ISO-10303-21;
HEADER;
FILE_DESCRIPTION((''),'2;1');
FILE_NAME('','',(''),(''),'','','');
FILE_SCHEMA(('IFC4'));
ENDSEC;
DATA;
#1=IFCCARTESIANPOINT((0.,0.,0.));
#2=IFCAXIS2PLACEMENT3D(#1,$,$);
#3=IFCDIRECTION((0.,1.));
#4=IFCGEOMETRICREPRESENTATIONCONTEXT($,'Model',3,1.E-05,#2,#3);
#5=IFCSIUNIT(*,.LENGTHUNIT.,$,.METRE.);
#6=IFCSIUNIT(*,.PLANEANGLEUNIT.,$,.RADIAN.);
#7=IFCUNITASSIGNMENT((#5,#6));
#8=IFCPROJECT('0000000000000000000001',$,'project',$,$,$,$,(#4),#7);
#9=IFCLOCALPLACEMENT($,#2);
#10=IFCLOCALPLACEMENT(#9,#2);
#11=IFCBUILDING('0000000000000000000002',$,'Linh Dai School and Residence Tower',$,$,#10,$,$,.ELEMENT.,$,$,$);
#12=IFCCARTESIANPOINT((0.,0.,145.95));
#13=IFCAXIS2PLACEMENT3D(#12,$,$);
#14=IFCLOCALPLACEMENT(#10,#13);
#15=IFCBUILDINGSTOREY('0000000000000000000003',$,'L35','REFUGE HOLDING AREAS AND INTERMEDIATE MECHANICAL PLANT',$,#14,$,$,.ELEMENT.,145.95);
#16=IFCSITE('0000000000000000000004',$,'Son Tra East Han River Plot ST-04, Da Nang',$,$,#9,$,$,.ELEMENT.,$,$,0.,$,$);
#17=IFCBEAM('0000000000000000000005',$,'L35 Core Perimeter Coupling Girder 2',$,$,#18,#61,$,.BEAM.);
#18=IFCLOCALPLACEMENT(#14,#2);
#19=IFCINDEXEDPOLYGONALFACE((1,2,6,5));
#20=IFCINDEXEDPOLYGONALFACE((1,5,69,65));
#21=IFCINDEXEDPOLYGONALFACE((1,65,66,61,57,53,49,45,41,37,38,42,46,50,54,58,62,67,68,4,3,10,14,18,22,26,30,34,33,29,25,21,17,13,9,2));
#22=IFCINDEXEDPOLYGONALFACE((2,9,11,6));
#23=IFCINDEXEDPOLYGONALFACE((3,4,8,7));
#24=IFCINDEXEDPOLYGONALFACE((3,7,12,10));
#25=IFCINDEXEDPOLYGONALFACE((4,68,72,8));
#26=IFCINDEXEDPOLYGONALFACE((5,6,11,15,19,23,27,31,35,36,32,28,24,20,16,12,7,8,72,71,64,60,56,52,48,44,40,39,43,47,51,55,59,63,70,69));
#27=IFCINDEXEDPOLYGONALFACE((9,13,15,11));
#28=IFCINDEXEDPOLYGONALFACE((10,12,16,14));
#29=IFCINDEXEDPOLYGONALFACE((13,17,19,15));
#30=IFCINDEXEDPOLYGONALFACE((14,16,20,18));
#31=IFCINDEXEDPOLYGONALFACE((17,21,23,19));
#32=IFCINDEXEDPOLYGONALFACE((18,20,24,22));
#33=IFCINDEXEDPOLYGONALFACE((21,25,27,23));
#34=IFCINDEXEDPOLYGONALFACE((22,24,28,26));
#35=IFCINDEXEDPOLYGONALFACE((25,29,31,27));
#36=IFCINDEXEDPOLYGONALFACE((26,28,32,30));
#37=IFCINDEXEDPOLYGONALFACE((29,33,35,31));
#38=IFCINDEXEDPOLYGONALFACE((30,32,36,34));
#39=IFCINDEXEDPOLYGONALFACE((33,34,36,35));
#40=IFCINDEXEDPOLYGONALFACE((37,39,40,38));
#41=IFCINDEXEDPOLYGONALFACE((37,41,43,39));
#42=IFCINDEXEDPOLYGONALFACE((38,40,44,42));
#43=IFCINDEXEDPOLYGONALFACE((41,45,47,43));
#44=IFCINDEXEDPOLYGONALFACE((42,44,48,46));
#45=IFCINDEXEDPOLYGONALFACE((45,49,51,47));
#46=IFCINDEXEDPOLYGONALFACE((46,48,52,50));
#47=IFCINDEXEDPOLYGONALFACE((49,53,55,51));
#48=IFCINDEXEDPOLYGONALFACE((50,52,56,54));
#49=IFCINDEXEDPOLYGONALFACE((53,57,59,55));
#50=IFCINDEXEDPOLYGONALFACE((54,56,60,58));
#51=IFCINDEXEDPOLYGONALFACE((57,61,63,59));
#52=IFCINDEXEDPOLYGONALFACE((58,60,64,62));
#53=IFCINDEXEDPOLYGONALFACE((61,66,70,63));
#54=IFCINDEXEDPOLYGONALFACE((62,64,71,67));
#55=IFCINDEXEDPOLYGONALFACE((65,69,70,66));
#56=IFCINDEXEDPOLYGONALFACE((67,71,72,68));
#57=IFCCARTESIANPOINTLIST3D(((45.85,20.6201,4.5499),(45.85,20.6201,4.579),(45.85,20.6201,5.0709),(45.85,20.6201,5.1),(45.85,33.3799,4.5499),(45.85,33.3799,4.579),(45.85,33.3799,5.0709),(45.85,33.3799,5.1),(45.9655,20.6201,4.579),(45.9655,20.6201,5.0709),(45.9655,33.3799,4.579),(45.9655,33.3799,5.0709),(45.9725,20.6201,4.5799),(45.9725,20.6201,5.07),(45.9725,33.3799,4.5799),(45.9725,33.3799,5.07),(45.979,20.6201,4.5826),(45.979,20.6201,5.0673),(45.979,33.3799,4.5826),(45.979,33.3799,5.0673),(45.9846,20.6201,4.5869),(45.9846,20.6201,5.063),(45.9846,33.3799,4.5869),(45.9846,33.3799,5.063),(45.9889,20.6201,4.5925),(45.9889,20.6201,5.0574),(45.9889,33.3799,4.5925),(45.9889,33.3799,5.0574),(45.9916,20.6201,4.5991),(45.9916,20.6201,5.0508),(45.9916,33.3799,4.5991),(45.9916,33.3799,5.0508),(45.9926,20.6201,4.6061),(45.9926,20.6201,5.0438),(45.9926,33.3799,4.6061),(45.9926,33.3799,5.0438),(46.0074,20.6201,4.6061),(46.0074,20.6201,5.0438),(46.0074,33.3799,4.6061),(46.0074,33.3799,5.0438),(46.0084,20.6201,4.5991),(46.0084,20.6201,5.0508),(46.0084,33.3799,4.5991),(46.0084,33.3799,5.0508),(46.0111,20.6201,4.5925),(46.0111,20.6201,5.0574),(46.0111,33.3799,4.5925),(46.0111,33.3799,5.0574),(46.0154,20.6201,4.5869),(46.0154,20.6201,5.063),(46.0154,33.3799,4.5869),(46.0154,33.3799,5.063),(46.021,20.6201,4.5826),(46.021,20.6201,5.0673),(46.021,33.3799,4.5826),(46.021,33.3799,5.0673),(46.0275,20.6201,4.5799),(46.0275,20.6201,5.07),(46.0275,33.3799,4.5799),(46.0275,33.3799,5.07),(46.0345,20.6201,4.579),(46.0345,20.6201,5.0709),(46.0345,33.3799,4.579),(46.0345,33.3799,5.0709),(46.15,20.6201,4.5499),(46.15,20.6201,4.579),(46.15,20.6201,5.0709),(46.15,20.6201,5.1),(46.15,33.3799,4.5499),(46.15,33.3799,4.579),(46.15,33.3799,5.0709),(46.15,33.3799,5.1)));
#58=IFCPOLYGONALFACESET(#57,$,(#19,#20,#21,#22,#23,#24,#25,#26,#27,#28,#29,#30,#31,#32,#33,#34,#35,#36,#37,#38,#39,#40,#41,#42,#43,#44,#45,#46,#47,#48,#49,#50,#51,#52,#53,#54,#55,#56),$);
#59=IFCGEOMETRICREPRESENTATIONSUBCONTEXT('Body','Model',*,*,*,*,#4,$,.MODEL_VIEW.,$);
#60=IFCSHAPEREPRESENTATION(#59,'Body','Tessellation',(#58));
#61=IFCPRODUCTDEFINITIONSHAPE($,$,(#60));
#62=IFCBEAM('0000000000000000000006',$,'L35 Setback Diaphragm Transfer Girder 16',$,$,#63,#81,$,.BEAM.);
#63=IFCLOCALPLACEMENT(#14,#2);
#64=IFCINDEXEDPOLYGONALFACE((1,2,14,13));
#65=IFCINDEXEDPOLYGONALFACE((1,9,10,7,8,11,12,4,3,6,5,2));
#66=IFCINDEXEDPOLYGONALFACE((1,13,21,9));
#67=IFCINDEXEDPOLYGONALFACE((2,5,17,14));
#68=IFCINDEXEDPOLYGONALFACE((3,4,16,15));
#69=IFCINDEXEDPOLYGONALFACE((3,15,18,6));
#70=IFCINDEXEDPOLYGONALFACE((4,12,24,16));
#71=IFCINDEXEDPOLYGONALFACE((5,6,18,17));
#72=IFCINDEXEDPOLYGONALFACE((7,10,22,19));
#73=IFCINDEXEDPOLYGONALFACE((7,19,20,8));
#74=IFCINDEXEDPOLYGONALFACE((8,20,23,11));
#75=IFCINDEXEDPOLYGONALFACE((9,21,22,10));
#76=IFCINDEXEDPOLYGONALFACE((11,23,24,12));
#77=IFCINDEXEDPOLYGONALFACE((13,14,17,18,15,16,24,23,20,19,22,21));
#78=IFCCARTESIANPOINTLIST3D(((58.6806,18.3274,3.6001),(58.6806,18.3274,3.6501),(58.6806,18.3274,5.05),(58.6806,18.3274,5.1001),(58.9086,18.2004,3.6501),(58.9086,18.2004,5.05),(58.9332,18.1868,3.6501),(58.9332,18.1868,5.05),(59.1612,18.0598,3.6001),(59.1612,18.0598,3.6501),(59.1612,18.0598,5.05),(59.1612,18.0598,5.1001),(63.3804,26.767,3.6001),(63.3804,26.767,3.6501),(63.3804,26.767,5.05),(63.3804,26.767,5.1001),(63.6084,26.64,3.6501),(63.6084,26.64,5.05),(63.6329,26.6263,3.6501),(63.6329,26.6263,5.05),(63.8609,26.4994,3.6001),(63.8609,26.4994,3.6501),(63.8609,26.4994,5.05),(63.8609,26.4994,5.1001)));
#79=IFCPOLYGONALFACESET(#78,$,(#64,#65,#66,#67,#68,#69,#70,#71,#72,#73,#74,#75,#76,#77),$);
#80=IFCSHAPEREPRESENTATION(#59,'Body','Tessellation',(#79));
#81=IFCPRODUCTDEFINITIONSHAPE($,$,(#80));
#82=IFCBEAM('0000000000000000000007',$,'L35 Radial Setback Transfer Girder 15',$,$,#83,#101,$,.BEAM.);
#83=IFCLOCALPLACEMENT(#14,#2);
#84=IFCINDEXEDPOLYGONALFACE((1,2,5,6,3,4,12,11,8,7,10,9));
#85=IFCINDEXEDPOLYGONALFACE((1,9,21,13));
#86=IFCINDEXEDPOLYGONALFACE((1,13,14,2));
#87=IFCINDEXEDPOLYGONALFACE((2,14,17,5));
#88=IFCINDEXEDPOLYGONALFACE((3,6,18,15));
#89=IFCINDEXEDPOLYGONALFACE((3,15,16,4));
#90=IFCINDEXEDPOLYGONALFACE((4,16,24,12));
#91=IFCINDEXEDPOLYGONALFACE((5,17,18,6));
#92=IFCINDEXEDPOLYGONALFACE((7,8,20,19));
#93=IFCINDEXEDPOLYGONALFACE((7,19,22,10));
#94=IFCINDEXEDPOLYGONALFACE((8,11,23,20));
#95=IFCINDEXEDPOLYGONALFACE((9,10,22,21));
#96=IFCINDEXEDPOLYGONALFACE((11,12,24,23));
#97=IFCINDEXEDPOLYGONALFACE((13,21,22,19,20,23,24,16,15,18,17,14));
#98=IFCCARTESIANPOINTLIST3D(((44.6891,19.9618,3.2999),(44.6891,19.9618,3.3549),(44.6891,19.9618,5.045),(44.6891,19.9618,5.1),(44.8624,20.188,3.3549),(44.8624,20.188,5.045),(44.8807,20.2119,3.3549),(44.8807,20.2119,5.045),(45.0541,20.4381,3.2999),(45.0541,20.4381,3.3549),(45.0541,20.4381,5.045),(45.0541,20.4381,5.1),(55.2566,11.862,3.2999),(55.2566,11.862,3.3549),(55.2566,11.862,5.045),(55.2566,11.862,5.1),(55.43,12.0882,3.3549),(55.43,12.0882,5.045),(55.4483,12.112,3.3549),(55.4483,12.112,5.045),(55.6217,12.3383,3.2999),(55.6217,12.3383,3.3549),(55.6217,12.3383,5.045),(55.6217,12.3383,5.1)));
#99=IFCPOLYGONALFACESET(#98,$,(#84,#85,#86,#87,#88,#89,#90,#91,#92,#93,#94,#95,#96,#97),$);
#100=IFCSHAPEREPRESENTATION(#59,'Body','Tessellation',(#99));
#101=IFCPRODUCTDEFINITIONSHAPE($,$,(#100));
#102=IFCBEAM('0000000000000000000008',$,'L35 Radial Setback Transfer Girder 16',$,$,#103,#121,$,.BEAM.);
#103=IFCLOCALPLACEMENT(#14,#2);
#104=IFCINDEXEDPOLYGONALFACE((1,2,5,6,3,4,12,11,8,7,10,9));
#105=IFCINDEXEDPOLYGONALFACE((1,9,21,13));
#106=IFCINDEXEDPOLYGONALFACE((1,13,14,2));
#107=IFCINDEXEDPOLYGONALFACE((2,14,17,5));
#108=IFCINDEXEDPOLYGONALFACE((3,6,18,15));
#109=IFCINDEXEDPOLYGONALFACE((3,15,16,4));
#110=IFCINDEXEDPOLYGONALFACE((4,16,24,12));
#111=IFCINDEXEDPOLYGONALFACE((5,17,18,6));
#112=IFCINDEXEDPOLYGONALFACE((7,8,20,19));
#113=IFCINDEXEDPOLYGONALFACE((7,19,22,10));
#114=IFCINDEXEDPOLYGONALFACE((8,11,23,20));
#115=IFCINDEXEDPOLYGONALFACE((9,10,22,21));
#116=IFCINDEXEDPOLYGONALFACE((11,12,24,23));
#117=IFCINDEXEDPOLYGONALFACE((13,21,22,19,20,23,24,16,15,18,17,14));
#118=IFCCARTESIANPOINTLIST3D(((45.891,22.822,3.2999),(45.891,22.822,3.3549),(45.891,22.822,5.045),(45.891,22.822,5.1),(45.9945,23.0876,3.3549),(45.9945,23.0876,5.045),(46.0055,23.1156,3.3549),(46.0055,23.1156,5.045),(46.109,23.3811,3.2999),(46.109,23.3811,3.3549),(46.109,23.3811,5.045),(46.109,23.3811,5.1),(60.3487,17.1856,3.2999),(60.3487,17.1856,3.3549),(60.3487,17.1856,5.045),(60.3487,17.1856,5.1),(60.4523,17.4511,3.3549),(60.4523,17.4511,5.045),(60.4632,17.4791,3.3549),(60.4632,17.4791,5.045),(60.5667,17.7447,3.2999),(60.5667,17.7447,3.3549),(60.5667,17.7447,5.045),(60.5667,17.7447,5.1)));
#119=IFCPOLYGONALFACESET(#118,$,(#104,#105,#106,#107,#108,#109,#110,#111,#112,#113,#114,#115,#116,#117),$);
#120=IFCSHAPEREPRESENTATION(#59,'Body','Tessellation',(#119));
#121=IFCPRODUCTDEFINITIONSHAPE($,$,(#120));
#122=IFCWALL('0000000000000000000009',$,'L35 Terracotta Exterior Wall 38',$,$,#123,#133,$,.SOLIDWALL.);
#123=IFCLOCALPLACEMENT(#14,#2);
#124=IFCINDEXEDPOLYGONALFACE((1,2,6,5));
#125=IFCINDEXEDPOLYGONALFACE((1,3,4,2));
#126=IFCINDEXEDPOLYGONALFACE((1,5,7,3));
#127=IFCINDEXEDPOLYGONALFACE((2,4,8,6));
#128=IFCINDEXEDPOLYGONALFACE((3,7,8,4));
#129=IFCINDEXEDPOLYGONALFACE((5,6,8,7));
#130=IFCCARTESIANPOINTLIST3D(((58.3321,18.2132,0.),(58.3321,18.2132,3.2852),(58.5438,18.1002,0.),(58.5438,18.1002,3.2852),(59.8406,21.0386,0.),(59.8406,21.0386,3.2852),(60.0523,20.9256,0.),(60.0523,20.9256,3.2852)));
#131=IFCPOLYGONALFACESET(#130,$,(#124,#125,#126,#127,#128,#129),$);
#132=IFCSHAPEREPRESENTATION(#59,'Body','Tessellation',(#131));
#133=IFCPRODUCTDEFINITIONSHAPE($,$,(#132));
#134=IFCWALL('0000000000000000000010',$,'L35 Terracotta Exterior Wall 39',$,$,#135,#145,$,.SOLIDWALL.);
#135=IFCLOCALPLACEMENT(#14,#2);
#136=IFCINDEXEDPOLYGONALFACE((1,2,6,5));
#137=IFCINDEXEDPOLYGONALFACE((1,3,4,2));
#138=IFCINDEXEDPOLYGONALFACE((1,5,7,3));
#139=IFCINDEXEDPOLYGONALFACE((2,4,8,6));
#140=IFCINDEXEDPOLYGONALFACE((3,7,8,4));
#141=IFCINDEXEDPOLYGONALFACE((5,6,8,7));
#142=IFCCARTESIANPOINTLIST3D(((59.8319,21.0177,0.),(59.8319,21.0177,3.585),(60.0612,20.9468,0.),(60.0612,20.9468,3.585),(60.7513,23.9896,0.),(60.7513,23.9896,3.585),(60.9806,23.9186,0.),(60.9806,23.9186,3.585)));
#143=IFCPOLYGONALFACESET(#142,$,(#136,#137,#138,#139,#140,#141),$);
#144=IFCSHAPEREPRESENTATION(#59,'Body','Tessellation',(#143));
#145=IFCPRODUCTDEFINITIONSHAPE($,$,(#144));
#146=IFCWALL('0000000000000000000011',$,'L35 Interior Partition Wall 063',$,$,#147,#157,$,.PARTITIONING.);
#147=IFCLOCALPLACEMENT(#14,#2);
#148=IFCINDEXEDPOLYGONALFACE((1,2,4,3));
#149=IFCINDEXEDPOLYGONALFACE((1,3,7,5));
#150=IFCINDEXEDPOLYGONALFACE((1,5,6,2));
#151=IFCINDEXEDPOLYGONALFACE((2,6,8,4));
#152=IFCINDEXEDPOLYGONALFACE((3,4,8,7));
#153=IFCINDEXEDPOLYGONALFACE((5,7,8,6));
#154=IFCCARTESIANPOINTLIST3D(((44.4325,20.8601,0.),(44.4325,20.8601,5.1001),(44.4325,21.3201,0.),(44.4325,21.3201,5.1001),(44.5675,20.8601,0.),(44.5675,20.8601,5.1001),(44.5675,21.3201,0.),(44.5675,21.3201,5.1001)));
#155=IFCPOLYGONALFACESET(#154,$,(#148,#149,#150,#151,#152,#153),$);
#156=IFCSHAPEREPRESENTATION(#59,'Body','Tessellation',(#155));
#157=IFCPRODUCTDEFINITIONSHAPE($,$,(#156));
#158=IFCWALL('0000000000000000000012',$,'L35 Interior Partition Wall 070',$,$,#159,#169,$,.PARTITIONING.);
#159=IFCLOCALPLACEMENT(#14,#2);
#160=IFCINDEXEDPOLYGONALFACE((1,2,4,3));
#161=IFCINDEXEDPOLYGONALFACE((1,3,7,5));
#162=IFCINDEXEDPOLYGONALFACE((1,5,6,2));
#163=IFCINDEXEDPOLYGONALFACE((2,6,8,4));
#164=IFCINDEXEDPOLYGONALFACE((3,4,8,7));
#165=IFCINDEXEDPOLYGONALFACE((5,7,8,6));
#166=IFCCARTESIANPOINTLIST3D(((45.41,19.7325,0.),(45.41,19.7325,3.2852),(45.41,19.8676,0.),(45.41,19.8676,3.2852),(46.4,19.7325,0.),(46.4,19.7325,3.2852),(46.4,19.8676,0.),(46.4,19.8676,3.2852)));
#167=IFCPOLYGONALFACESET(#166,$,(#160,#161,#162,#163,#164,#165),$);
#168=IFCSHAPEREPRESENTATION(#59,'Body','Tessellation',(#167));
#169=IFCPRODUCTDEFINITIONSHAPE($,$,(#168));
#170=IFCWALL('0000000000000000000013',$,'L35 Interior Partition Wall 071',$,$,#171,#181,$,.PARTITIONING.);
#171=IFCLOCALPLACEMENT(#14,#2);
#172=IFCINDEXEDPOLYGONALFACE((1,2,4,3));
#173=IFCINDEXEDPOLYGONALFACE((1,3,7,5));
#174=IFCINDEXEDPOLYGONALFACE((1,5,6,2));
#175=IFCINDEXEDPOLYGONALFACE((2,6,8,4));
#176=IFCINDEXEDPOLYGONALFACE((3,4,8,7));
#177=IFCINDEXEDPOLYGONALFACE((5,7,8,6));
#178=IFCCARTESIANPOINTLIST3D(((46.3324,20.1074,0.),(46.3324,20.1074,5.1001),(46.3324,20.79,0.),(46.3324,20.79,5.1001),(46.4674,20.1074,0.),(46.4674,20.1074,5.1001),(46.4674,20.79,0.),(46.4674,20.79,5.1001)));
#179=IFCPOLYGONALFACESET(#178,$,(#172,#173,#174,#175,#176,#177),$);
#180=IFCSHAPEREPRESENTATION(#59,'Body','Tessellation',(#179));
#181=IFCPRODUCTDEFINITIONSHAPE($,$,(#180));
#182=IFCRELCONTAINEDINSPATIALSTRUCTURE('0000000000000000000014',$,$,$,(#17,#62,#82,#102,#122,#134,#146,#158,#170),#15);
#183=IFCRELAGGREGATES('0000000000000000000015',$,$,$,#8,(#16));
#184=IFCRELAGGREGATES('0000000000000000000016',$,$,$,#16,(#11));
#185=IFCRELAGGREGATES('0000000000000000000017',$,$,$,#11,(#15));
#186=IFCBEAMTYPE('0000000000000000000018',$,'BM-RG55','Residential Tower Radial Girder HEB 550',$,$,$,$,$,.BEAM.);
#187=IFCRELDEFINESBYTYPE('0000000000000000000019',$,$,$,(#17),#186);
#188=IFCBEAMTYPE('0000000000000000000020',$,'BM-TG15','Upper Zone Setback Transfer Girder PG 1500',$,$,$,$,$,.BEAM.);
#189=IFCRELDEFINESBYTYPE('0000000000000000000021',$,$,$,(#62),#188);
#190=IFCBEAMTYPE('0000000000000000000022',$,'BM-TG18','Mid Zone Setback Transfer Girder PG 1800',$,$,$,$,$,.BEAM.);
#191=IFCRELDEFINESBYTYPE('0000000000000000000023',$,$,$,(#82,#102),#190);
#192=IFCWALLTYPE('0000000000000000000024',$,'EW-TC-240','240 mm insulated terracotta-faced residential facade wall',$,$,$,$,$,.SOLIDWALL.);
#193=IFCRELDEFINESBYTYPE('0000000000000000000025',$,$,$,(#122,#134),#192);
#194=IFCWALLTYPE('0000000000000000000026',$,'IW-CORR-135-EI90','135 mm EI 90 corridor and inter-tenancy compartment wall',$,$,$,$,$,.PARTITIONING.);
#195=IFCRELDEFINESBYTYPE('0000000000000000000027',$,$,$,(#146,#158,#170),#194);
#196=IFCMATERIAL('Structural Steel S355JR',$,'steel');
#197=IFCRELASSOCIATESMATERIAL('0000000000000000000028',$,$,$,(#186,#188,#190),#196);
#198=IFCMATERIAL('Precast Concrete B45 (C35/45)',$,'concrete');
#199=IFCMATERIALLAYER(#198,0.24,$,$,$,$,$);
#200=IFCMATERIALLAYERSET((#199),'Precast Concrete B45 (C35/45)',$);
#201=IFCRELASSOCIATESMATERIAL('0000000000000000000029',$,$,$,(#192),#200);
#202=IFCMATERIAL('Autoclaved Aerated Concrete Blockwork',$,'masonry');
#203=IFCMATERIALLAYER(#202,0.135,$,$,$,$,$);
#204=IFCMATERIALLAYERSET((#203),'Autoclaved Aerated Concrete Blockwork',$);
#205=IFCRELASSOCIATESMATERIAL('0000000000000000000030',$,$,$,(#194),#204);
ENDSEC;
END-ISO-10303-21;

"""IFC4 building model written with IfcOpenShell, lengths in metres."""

from ifc_helpers import new_model, si_unit, direction, frame, frame_2d, origin, origin_2d, place, context, subcontext, project, spatial, rectangle, i_section, extrude, material, layer, layer_set, material_profile, profile_set, type_object, element, save


model = new_model("IFC4")

# Units and contexts
model_context = context("Model", 3, precision=1e-05, world=origin(), true_north=direction((0.0, 1.0)))
body_context = subcontext(model_context, "Body", "Model", "MODEL_VIEW")
ifc_project = project(units=[si_unit("LENGTHUNIT", "METRE"), si_unit("PLANEANGLEUNIT", "RADIAN")], contexts=[model_context])

# Site, building, storey
site_placement = place(None, origin())
site = spatial("IfcSite", under=ifc_project, at=site_placement, Name="Son Tra East Han River Plot ST-04, Da Nang", CompositionType="ELEMENT", RefElevation=0.0)
building_placement = place(site_placement, origin())
building = spatial("IfcBuilding", under=site, at=building_placement, Name="Linh Dai School and Residence Tower", CompositionType="ELEMENT")
storey_placement = place(building_placement, frame((0.0, 0.0, 145.95)))
storey = spatial("IfcBuildingStorey", under=building, at=storey_placement, Name="L35", Description="REFUGE HOLDING AREAS AND INTERMEDIATE MECHANICAL PLANT", CompositionType="ELEMENT", Elevation=145.95)

# Shared definitions
ifc_material_1 = material(Name="Structural Steel S355JR", Category="steel")

# Beams
ifc_material_profile_1 = material_profile(ifc_material_1, i_section(OverallWidth=0.3, OverallDepth=0.55, WebThickness=0.0149, FlangeThickness=0.0291, FilletRadius=0.0271, at=origin_2d()), Name="HEB 550")
ifc_profile_set_1 = profile_set([ifc_material_profile_1], Name="Structural Steel S355JR")
beam_type_1 = type_object("IfcBeamType", Name="BM-RG55", Description="Residential Tower Radial Girder HEB 550", PredefinedType="BEAM", material=ifc_profile_set_1)
beam_1_placement = place(storey_placement, frame((46.0, 20.6201, 4.825), z_axis=(0.0, 1.0, 0.0), x_axis=(-1.0, 0.0, 0.0)))
element("IfcBeam", 1, at=beam_1_placement, inside=storey, type_object=beam_type_1, Name="L35 Core Perimeter Coupling Girder 2", PredefinedType="BEAM", context=body_context, shape_type="SweptSolid", body=[
    extrude(i_section(OverallWidth=0.3, OverallDepth=0.55, WebThickness=0.0149, FlangeThickness=0.0291, FilletRadius=0.0271, at=origin_2d()), origin(), (0.0, 0.0, 1.0), 12.7598),
])
ifc_material_profile_2 = material_profile(ifc_material_1, i_section(OverallWidth=0.55, OverallDepth=1.5, WebThickness=0.0281, FlangeThickness=0.05, at=origin_2d()), Name="PG 1500x550x28x50")
ifc_profile_set_2 = profile_set([ifc_material_profile_2], Name="Structural Steel S355JR")
beam_type_2 = type_object("IfcBeamType", Name="BM-TG15", Description="Upper Zone Setback Transfer Girder PG 1500", PredefinedType="BEAM", material=ifc_profile_set_2)
beam_2_placement = place(storey_placement, frame((58.9209, 18.1936, 4.3501), z_axis=(0.486523, 0.873668, 0.0), x_axis=(-0.873668, 0.486523, 0.0)))
element("IfcBeam", 2, at=beam_2_placement, inside=storey, type_object=beam_type_2, Name="L35 Setback Diaphragm Transfer Girder 16", PredefinedType="BEAM", context=body_context, shape_type="SweptSolid", body=[
    extrude(i_section(OverallWidth=0.55, OverallDepth=1.5, WebThickness=0.0281, FlangeThickness=0.05, at=origin_2d()), origin(), (0.0, 0.0, 1.0), 9.6599),
])
ifc_material_profile_3 = material_profile(ifc_material_1, i_section(OverallWidth=0.6001, OverallDepth=1.8, WebThickness=0.03, FlangeThickness=0.0549, at=origin_2d()), Name="PG 1800x600x30x55")
ifc_profile_set_3 = profile_set([ifc_material_profile_3], Name="Structural Steel S355JR")
beam_type_3 = type_object("IfcBeamType", Name="BM-TG18", Description="Mid Zone Setback Transfer Girder PG 1800", PredefinedType="BEAM", material=ifc_profile_set_3)
beam_3_placement = place(storey_placement, frame((44.8716, 20.2, 4.2), z_axis=(0.793679, -0.608337, 0.0), x_axis=(0.608337, 0.793679, 0.0)))
element("IfcBeam", 3, at=beam_3_placement, inside=storey, type_object=beam_type_3, Name="L35 Radial Setback Transfer Girder 15", PredefinedType="BEAM", context=body_context, shape_type="SweptSolid", body=[
    extrude(i_section(OverallWidth=0.6001, OverallDepth=1.8, WebThickness=0.03, FlangeThickness=0.0549, at=origin_2d()), origin(), (0.0, 0.0, 1.0), 13.3147),
])
beam_4_placement = place(storey_placement, frame((46.0, 23.1016, 4.2), z_axis=(0.931699, -0.36323, 0.0), x_axis=(0.36323, 0.931699, 0.0)))
element("IfcBeam", 4, at=beam_4_placement, inside=storey, type_object=beam_type_3, Name="L35 Radial Setback Transfer Girder 16", PredefinedType="BEAM", context=body_context, shape_type="SweptSolid", body=[
    extrude(i_section(OverallWidth=0.6001, OverallDepth=1.8, WebThickness=0.03, FlangeThickness=0.0549, at=origin_2d()), origin(), (0.0, 0.0, 1.0), 15.5176),
])

# Walls
ifc_material_2 = material(Name="Precast Concrete B45 (C35/45)", Category="concrete")
ifc_layer_1 = layer(ifc_material_2, 0.24)
ifc_layer_set_1 = layer_set([ifc_layer_1], Name="Precast Concrete B45 (C35/45)")
wall_type_1 = type_object("IfcWallType", Name="EW-TC-240", Description="240 mm insulated terracotta-faced residential facade wall", PredefinedType="SOLIDWALL", material=ifc_layer_set_1)
wall_1_placement = place(storey_placement, frame((59.9465, 20.9822, 0.0), z_axis=(0.0, 0.0, 1.0), x_axis=(-0.470988, -0.88214, 0.0)))
element("IfcWall", 5, at=wall_1_placement, inside=storey, type_object=wall_type_1, Name="L35 Terracotta Exterior Wall 38", PredefinedType="SOLIDWALL", context=body_context, shape_type="SweptSolid", body=[
    extrude(rectangle(XDim=3.2029, YDim=0.24, at=frame_2d((1.6016, 0.0))), origin(), (0.0, 0.0, 1.0), 3.2852),
])
wall_2_placement = place(storey_placement, frame((60.866, 23.9541, 0.0), z_axis=(0.0, 0.0, 1.0), x_axis=(-0.295552, -0.955327, 0.0)))
element("IfcWall", 6, at=wall_2_placement, inside=storey, type_object=wall_type_1, Name="L35 Terracotta Exterior Wall 39", PredefinedType="SOLIDWALL", context=body_context, shape_type="SweptSolid", body=[
    extrude(rectangle(XDim=3.1108, YDim=0.24, at=frame_2d((1.5554, 0.0))), origin(), (0.0, 0.0, 1.0), 3.585),
])
ifc_material_3 = material(Name="Autoclaved Aerated Concrete Blockwork", Category="masonry")
ifc_layer_2 = layer(ifc_material_3, 0.135)
ifc_layer_set_2 = layer_set([ifc_layer_2], Name="Autoclaved Aerated Concrete Blockwork")
wall_type_2 = type_object("IfcWallType", Name="IW-CORR-135-EI90", Description="135 mm EI 90 corridor and inter-tenancy compartment wall", PredefinedType="PARTITIONING", material=ifc_layer_set_2)
wall_3_placement = place(storey_placement, frame((44.5, 20.8601, 0.0), z_axis=(0.0, 0.0, 1.0), x_axis=(0.0, 1.0, 0.0)))
element("IfcWall", 7, at=wall_3_placement, inside=storey, type_object=wall_type_2, Name="L35 Interior Partition Wall 063", PredefinedType="PARTITIONING", context=body_context, shape_type="SweptSolid", body=[
    extrude(rectangle(XDim=0.46, YDim=0.135, at=frame_2d((0.23, 0.0))), origin(), (0.0, 0.0, 1.0), 5.1001),
])
wall_4_placement = place(storey_placement, frame((45.4099, 19.8, 0.0), z_axis=(0.0, 0.0, 1.0), x_axis=(1.0, 0.0, 0.0)))
element("IfcWall", 8, at=wall_4_placement, inside=storey, type_object=wall_type_2, Name="L35 Interior Partition Wall 070", PredefinedType="PARTITIONING", context=body_context, shape_type="SweptSolid", body=[
    extrude(rectangle(XDim=0.99, YDim=0.135, at=frame_2d((0.4951, 0.0))), origin(), (0.0, 0.0, 1.0), 3.2852),
])
wall_5_placement = place(storey_placement, frame((46.3999, 20.1074, 0.0), z_axis=(0.0, 0.0, 1.0), x_axis=(0.0, 1.0, 0.0)))
element("IfcWall", 9, at=wall_5_placement, inside=storey, type_object=wall_type_2, Name="L35 Interior Partition Wall 071", PredefinedType="PARTITIONING", context=body_context, shape_type="SweptSolid", body=[
    extrude(rectangle(XDim=0.6826, YDim=0.135, at=frame_2d((0.3413, 0.0))), origin(), (0.0, 0.0, 1.0), 5.1001),
])

save(model, "model.ifc")
